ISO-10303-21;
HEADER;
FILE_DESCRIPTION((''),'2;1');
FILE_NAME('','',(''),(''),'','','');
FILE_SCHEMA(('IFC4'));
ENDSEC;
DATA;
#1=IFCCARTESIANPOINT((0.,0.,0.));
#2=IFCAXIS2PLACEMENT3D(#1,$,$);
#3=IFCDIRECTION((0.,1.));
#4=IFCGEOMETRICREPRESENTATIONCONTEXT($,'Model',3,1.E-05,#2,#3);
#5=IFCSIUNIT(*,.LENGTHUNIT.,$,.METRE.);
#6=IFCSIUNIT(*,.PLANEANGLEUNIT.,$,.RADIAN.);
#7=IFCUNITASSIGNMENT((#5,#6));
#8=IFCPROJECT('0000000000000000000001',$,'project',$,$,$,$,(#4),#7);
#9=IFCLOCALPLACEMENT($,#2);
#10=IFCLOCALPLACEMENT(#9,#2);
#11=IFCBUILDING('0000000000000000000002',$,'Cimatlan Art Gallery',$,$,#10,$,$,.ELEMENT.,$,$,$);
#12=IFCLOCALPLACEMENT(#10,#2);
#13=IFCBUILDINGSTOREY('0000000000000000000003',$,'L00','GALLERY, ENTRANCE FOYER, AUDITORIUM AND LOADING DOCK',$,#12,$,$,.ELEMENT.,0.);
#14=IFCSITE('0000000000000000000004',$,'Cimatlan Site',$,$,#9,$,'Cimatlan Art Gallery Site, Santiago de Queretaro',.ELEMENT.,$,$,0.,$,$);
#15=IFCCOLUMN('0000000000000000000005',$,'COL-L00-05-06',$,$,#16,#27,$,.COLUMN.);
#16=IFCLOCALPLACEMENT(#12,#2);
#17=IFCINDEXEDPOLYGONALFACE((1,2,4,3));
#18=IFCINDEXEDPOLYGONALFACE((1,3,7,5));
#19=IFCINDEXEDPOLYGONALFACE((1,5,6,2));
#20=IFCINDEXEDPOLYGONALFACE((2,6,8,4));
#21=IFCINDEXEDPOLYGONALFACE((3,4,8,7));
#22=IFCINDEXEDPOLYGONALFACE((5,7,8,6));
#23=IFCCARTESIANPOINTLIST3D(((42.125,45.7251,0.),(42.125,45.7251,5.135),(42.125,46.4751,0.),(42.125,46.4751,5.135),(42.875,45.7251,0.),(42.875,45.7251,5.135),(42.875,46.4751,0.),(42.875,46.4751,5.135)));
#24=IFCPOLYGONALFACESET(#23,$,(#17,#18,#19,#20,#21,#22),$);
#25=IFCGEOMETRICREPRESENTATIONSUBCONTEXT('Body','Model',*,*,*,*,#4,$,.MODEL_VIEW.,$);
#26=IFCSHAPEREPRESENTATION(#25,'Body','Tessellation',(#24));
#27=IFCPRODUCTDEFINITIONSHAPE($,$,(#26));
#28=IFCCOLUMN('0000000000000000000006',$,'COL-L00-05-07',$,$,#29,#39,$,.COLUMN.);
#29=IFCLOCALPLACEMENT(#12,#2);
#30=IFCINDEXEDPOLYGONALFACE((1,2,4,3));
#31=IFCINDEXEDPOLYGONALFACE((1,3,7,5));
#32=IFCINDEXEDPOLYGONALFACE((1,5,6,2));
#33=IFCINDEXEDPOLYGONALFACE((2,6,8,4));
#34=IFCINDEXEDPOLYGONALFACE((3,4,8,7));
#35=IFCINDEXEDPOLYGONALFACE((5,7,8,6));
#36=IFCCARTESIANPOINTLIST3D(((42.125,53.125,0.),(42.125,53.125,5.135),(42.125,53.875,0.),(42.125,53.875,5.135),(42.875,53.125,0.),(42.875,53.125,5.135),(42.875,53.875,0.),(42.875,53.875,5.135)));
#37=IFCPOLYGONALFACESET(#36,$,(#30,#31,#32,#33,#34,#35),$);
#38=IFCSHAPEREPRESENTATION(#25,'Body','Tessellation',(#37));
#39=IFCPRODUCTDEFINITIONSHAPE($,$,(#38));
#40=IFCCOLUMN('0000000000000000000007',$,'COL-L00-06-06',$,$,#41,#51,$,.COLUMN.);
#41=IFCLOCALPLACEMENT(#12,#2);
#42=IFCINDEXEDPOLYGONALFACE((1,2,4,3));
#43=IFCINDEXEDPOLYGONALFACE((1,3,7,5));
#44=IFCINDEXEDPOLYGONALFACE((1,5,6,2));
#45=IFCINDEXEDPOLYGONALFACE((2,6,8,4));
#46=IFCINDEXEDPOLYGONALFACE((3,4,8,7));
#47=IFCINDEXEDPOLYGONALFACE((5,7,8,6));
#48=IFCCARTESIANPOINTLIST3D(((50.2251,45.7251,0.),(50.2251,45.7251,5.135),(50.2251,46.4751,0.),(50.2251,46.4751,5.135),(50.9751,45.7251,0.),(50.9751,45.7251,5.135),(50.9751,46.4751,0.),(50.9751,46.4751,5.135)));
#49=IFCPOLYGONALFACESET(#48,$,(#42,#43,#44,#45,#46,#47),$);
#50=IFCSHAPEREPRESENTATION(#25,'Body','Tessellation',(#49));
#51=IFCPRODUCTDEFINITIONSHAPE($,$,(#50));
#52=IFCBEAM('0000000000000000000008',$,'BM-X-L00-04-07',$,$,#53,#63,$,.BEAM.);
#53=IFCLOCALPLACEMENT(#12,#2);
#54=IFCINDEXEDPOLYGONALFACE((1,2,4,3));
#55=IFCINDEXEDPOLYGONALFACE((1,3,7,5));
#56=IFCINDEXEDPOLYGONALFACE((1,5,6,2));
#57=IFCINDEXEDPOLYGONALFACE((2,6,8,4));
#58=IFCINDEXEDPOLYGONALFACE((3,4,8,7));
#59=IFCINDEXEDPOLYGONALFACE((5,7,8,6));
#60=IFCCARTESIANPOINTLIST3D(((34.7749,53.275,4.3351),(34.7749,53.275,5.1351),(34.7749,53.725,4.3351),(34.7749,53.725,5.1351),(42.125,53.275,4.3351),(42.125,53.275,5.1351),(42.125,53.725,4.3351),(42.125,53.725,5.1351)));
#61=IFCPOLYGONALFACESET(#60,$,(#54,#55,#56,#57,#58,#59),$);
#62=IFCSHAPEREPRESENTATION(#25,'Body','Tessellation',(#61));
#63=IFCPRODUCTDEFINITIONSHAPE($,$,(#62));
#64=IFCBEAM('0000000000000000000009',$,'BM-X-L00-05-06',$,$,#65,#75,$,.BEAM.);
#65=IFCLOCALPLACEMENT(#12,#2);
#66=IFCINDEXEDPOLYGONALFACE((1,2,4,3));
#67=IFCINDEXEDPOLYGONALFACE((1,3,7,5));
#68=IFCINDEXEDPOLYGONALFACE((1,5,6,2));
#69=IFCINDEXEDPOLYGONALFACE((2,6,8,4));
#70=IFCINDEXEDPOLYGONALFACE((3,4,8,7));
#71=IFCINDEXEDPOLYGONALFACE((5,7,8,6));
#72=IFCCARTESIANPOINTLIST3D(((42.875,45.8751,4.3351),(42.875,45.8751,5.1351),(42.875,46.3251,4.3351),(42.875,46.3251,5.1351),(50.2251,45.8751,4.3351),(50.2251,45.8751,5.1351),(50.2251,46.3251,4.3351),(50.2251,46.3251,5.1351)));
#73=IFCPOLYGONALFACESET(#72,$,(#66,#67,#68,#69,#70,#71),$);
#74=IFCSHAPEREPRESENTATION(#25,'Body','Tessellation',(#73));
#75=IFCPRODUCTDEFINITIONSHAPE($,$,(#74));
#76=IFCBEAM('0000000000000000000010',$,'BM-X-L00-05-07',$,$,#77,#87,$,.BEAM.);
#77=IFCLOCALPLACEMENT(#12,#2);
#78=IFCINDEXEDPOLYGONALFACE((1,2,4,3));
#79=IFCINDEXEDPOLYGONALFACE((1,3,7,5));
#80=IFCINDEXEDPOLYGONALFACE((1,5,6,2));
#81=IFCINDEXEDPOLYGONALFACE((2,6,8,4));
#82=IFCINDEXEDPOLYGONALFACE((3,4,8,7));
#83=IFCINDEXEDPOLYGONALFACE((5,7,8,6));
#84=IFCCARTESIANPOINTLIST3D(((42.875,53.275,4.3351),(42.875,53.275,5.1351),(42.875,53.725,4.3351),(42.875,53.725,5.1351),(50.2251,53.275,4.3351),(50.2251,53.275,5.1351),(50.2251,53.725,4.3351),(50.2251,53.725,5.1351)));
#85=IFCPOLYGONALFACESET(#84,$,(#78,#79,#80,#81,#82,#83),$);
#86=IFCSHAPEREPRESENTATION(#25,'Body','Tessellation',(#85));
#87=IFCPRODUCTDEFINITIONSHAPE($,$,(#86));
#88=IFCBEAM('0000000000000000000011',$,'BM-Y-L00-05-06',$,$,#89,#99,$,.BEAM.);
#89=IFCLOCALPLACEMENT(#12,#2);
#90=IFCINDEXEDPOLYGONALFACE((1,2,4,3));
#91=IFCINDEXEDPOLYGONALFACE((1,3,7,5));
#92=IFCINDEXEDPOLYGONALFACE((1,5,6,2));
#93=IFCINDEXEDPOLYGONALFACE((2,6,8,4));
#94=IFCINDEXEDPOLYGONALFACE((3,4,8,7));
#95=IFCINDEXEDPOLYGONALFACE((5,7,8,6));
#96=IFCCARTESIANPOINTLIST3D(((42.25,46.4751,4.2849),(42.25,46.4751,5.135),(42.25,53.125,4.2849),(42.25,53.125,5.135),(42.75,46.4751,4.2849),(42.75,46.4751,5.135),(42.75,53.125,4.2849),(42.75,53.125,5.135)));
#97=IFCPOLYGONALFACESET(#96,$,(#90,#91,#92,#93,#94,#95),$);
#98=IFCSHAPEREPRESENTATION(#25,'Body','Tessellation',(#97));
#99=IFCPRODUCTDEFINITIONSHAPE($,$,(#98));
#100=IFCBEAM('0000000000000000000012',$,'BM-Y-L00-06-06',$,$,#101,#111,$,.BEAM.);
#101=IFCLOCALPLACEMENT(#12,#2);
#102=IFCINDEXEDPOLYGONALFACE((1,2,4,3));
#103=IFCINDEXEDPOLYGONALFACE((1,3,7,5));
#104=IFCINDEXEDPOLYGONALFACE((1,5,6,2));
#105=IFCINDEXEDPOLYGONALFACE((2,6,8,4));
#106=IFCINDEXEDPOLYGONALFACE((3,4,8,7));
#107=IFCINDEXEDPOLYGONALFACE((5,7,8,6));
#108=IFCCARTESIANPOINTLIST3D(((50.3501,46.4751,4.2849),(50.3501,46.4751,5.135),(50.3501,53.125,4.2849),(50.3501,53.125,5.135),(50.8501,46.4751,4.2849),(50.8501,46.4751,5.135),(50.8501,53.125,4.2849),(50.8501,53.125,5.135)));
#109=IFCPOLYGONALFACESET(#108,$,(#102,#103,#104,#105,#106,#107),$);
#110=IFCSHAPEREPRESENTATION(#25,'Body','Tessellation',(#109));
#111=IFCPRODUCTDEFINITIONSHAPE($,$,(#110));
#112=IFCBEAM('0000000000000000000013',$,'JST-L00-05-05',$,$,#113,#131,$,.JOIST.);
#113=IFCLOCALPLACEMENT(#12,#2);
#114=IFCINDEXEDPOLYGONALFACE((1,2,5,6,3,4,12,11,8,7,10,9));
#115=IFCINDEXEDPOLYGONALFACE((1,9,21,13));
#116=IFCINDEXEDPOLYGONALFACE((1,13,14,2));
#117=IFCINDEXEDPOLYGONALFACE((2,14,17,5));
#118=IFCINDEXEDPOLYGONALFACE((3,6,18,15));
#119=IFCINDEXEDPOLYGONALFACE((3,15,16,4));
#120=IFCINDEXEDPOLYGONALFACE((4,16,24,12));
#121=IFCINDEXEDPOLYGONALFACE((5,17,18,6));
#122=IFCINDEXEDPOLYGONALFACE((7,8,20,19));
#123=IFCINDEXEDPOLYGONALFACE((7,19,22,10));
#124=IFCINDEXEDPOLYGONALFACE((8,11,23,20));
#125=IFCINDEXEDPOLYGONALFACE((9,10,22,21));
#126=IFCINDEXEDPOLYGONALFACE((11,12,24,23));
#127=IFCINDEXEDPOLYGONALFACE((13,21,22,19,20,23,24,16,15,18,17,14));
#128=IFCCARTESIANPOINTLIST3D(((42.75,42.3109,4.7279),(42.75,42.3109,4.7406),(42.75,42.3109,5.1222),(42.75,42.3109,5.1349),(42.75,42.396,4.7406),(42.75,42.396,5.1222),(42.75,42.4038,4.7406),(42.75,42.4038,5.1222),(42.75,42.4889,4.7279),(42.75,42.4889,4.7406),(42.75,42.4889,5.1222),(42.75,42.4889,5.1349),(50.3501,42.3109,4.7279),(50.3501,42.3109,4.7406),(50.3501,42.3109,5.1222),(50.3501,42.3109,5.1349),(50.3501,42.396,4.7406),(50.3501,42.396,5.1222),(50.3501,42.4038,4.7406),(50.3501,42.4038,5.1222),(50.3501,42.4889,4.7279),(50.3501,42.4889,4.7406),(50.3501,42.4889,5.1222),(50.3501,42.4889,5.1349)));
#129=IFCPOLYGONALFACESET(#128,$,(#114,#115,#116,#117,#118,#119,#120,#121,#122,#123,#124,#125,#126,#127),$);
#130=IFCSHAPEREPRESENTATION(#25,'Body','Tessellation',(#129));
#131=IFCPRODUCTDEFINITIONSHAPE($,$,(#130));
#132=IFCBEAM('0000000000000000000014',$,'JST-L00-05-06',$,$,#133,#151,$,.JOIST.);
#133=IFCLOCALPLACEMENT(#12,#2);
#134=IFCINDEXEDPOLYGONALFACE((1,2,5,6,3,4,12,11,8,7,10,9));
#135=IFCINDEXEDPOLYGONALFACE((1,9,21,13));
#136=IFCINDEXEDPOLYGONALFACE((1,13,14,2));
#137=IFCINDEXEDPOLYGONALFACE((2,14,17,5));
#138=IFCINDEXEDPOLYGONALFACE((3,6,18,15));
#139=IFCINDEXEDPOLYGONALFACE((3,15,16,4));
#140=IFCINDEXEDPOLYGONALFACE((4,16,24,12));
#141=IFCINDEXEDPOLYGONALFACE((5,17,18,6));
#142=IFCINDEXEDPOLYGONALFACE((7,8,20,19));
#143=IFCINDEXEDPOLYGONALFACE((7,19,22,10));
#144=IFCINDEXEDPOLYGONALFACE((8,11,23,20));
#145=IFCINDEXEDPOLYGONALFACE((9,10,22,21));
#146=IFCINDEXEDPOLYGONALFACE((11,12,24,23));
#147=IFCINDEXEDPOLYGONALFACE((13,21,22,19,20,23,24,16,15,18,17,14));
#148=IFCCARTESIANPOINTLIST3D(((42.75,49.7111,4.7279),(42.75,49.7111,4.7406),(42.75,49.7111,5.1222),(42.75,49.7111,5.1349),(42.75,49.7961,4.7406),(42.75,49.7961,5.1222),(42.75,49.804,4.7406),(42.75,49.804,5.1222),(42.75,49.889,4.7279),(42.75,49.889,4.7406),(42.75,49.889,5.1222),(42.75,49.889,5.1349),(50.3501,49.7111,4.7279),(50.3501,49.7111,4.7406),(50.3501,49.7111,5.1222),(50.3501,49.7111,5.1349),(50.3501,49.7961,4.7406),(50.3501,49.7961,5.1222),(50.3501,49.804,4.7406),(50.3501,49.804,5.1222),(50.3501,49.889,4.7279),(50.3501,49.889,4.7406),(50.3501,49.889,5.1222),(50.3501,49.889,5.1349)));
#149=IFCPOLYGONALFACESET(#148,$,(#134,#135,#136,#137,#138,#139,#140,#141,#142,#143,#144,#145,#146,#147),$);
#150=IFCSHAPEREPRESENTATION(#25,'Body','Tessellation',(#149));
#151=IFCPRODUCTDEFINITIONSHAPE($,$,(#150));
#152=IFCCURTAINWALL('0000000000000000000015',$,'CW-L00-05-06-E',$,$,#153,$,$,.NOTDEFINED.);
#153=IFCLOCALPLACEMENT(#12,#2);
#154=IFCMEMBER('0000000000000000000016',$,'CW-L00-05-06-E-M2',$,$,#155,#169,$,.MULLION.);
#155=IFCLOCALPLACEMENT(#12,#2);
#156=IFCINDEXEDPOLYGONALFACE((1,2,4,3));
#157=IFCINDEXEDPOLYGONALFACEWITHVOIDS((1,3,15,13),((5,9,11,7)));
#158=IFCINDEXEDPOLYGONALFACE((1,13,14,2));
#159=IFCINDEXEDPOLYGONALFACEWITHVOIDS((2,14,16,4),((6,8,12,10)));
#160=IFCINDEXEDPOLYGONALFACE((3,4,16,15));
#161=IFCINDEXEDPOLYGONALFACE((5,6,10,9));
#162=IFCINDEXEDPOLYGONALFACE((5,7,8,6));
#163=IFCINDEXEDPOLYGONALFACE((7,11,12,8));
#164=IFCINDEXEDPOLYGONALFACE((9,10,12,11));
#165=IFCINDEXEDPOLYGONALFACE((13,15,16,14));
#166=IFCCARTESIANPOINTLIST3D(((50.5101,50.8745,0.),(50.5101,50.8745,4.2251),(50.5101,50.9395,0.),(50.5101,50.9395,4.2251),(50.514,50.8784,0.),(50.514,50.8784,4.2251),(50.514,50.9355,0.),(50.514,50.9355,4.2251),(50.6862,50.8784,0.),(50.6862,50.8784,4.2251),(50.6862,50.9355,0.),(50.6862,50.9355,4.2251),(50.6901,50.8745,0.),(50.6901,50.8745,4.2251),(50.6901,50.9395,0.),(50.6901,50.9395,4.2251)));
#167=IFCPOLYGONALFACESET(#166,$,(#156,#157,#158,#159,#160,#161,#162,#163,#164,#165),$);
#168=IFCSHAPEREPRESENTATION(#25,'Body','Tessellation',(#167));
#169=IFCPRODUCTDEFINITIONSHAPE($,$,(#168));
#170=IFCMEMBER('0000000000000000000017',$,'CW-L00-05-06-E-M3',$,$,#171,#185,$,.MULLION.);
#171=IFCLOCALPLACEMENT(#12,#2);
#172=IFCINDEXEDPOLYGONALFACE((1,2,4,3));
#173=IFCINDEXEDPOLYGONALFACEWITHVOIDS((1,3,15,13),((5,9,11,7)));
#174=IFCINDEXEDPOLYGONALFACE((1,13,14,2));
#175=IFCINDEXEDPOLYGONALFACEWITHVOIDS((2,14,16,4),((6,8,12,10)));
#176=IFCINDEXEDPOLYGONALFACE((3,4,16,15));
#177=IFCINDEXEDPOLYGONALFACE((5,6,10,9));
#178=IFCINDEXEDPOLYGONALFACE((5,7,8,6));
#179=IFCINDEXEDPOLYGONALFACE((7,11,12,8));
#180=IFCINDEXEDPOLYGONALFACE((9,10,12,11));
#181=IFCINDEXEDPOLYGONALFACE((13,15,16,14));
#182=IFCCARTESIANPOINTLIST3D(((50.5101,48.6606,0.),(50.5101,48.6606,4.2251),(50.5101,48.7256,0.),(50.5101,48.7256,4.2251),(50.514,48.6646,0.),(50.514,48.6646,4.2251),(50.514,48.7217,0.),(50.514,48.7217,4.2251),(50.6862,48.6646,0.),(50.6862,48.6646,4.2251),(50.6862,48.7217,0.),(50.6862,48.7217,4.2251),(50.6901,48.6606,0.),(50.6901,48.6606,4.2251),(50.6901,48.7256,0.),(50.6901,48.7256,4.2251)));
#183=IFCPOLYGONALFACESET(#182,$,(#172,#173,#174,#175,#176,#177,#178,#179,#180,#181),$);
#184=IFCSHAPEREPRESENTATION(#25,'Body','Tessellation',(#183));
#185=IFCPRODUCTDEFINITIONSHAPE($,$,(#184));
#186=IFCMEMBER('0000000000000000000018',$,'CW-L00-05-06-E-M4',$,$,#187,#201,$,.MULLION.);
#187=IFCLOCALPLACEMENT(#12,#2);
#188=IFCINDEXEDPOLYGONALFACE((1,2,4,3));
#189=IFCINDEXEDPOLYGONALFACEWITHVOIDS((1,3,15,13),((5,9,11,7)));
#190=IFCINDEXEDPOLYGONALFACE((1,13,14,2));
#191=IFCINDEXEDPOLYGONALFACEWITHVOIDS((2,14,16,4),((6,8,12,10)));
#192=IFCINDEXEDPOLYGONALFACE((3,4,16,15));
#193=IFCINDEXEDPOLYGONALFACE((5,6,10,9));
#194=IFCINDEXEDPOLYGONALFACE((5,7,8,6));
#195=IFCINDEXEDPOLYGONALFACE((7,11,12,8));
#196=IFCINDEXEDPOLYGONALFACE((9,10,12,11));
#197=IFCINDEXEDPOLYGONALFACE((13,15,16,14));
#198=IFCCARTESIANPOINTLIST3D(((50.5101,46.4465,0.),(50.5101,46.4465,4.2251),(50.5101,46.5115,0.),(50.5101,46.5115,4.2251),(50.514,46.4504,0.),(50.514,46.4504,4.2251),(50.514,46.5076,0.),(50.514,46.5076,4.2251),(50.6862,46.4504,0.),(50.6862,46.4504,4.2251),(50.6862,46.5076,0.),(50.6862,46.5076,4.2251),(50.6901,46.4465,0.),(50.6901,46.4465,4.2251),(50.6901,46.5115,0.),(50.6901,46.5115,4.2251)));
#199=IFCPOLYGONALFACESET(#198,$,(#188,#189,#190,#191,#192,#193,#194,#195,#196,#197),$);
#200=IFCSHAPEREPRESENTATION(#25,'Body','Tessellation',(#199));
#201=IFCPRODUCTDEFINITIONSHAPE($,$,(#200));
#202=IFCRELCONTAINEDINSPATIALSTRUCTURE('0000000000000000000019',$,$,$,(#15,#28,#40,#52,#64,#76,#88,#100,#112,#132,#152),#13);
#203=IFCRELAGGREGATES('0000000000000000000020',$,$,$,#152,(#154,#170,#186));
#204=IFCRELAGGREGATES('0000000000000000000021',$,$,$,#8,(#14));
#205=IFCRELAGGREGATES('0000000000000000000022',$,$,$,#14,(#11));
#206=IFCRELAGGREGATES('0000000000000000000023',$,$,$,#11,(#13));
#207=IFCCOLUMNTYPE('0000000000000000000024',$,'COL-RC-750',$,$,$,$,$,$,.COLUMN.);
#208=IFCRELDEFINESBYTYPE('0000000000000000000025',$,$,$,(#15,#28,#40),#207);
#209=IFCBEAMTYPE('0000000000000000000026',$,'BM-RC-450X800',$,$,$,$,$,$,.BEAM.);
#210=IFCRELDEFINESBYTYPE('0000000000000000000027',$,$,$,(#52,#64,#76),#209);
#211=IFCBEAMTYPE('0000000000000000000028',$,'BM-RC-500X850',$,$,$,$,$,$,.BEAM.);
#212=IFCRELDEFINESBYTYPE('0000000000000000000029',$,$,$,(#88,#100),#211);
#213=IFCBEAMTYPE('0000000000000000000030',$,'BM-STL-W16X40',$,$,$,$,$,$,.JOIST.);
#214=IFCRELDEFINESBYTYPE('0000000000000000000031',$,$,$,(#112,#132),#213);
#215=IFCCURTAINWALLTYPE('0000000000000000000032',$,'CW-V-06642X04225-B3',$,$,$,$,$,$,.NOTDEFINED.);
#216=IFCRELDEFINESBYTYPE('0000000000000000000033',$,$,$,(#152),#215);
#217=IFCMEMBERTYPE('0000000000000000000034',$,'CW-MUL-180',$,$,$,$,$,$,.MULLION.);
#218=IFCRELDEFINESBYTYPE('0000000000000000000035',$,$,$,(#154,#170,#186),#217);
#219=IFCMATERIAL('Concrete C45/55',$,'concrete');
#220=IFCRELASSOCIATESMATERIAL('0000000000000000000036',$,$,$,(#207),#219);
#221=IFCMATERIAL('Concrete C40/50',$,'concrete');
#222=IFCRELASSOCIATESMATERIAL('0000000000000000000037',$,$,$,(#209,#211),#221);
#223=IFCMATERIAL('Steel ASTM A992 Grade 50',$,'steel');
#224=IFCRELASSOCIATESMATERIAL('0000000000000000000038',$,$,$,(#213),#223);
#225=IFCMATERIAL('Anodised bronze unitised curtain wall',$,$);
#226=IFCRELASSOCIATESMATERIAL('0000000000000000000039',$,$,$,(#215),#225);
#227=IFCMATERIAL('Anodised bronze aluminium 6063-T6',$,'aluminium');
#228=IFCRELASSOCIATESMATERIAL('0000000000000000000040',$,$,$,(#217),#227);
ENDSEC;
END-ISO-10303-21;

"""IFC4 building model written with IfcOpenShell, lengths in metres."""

from ifc_helpers import new_model, si_unit, direction, frame, origin, origin_2d, place, context, subcontext, project, spatial, rectangle, hollow_rectangle, i_section, extrude, material, material_profile, profile_set, type_object, element, aggregate, save


model = new_model("IFC4")

# Units and contexts
model_context = context("Model", 3, precision=1e-05, world=origin(), true_north=direction((0.0, 1.0)))
body_context = subcontext(model_context, "Body", "Model", "MODEL_VIEW")
ifc_project = project(units=[si_unit("LENGTHUNIT", "METRE"), si_unit("PLANEANGLEUNIT", "RADIAN")], contexts=[model_context])

# Site, building, storey
site_placement = place(None, origin())
site = spatial("IfcSite", under=ifc_project, at=site_placement, Name="Cimatlan Site", LongName="Cimatlan Art Gallery Site, Santiago de Queretaro", CompositionType="ELEMENT", RefElevation=0.0)
building_placement = place(site_placement, origin())
building = spatial("IfcBuilding", under=site, at=building_placement, Name="Cimatlan Art Gallery", CompositionType="ELEMENT")
storey_placement = place(building_placement, origin())
storey = spatial("IfcBuildingStorey", under=building, at=storey_placement, Name="L00", Description="GALLERY, ENTRANCE FOYER, AUDITORIUM AND LOADING DOCK", CompositionType="ELEMENT", Elevation=0.0)

# Columns
ifc_material_1 = material(Name="Concrete C45/55", Category="concrete")
ifc_material_profile_1 = material_profile(ifc_material_1, rectangle(XDim=0.75, YDim=0.75, at=origin_2d()), Name="RC750X750")
ifc_profile_set_1 = profile_set([ifc_material_profile_1], Name="Concrete C45/55")
column_type = type_object("IfcColumnType", Name="COL-RC-750", PredefinedType="COLUMN", material=ifc_profile_set_1)
for number, where, z_axis, x_axis, name in (
    (1, (42.5, 46.1001, 0.0), (0.0, 0.0, 1.0), (1.0, 0.0, 0.0), "COL-L00-05-06"),
    (2, (42.5, 53.5, 0.0), (0.0, 0.0, 1.0), (1.0, 0.0, 0.0), "COL-L00-05-07"),
    (3, (50.6001, 46.1001, 0.0), (0.0, 0.0, 1.0), (1.0, 0.0, 0.0), "COL-L00-06-06"),
):
    element("IfcColumn", number, at=place(storey_placement, frame(where, z_axis=z_axis, x_axis=x_axis)), inside=storey, type_object=column_type, Name=name, PredefinedType="COLUMN", context=body_context, shape_type="SweptSolid", body=[
        extrude(rectangle(XDim=0.75, YDim=0.75, at=origin_2d()), origin(), (0.0, 0.0, 1.0), 5.135),
    ])

# Beams
ifc_material_2 = material(Name="Concrete C40/50", Category="concrete")
ifc_material_profile_2 = material_profile(ifc_material_2, rectangle(XDim=0.45, YDim=0.8, at=origin_2d()), Name="RC450X800")
ifc_profile_set_2 = profile_set([ifc_material_profile_2], Name="Concrete C40/50")
beam_type_1 = type_object("IfcBeamType", Name="BM-RC-450X800", PredefinedType="BEAM", material=ifc_profile_set_2)
for number, where, z_axis, x_axis, name in (
    (4, (34.7749, 53.5, 4.7351), (1.0, 0.0, 0.0), (0.0, 1.0, 0.0), "BM-X-L00-04-07"),
    (5, (42.875, 46.1001, 4.7351), (1.0, 0.0, 0.0), (0.0, 1.0, 0.0), "BM-X-L00-05-06"),
    (6, (42.875, 53.5, 4.7351), (1.0, 0.0, 0.0), (0.0, 1.0, 0.0), "BM-X-L00-05-07"),
):
    element("IfcBeam", number, at=place(storey_placement, frame(where, z_axis=z_axis, x_axis=x_axis)), inside=storey, type_object=beam_type_1, Name=name, PredefinedType="BEAM", context=body_context, shape_type="SweptSolid", body=[
        extrude(rectangle(XDim=0.45, YDim=0.8, at=origin_2d()), origin(), (0.0, 0.0, 1.0), 7.3501),
    ])
ifc_material_profile_3 = material_profile(ifc_material_2, rectangle(XDim=0.5, YDim=0.8501, at=origin_2d()), Name="RC500X850")
ifc_profile_set_3 = profile_set([ifc_material_profile_3], Name="Concrete C40/50")
beam_type_2 = type_object("IfcBeamType", Name="BM-RC-500X850", PredefinedType="BEAM", material=ifc_profile_set_3)
for number, where, z_axis, x_axis, name in (
    (7, (42.5, 46.4751, 4.71), (0.0, 1.0, 0.0), (-1.0, 0.0, 0.0), "BM-Y-L00-05-06"),
    (8, (50.6001, 46.4751, 4.71), (0.0, 1.0, 0.0), (-1.0, 0.0, 0.0), "BM-Y-L00-06-06"),
):
    element("IfcBeam", number, at=place(storey_placement, frame(where, z_axis=z_axis, x_axis=x_axis)), inside=storey, type_object=beam_type_2, Name=name, PredefinedType="BEAM", context=body_context, shape_type="SweptSolid", body=[
        extrude(rectangle(XDim=0.5, YDim=0.8501, at=origin_2d()), origin(), (0.0, 0.0, 1.0), 6.6499),
    ])
ifc_material_3 = material(Name="Steel ASTM A992 Grade 50", Category="steel")
ifc_material_profile_4 = material_profile(ifc_material_3, i_section(OverallWidth=0.178, OverallDepth=0.407, WebThickness=0.0078, FlangeThickness=0.0127, at=origin_2d()), Name="W16X40")
ifc_profile_set_4 = profile_set([ifc_material_profile_4], Name="Steel ASTM A992 Grade 50")
beam_type_3 = type_object("IfcBeamType", Name="BM-STL-W16X40", PredefinedType="JOIST", material=ifc_profile_set_4)
for number, where, z_axis, x_axis, name in (
    (9, (42.75, 42.3999, 4.9314), (1.0, 0.0, 0.0), (0.0, 1.0, 0.0), "JST-L00-05-05"),
    (10, (42.75, 49.8, 4.9314), (1.0, 0.0, 0.0), (0.0, 1.0, 0.0), "JST-L00-05-06"),
):
    element("IfcBeam", number, at=place(storey_placement, frame(where, z_axis=z_axis, x_axis=x_axis)), inside=storey, type_object=beam_type_3, Name=name, PredefinedType="JOIST", context=body_context, shape_type="SweptSolid", body=[
        extrude(i_section(OverallWidth=0.178, OverallDepth=0.407, WebThickness=0.0078, FlangeThickness=0.0127, at=origin_2d()), origin(), (0.0, 0.0, 1.0), 7.6001),
    ])

# Curtain wall, members
ifc_material_4 = material(Name="Anodised bronze unitised curtain wall")
curtain_wall_type = type_object("IfcCurtainWallType", Name="CW-V-06642X04225-B3", PredefinedType="NOTDEFINED", material=ifc_material_4)
curtain_wall_placement = place(storey_placement, origin())
curtain_wall = element("IfcCurtainWall", 11, at=curtain_wall_placement, inside=storey, type_object=curtain_wall_type, Name="CW-L00-05-06-E", PredefinedType="NOTDEFINED")
ifc_material_5 = material(Name="Anodised bronze aluminium 6063-T6", Category="aluminium")
ifc_material_profile_5 = material_profile(ifc_material_5, hollow_rectangle(XDim=0.0649, YDim=0.1799, WallThickness=0.0039, at=origin_2d()), Name="ALU65X180X4")
ifc_profile_set_5 = profile_set([ifc_material_profile_5], Name="Anodised bronze aluminium 6063-T6")
member_type = type_object("IfcMemberType", Name="CW-MUL-180", PredefinedType="MULLION", material=ifc_profile_set_5)
member_1_placement = place(storey_placement, frame((50.6001, 50.907, 0.0), z_axis=(0.0, 0.0, 1.0), x_axis=(0.0, 1.0, 0.0)))
member_1 = element("IfcMember", 12, at=member_1_placement, type_object=member_type, Name="CW-L00-05-06-E-M2", PredefinedType="MULLION", context=body_context, shape_type="SweptSolid", body=[
    extrude(hollow_rectangle(XDim=0.0649, YDim=0.1799, WallThickness=0.0039, at=origin_2d()), origin(), (0.0, 0.0, 1.0), 4.2251),
])
member_2_placement = place(storey_placement, frame((50.6001, 48.6931, 0.0), z_axis=(0.0, 0.0, 1.0), x_axis=(0.0, 1.0, 0.0)))
member_2 = element("IfcMember", 13, at=member_2_placement, type_object=member_type, Name="CW-L00-05-06-E-M3", PredefinedType="MULLION", context=body_context, shape_type="SweptSolid", body=[
    extrude(hollow_rectangle(XDim=0.0649, YDim=0.1799, WallThickness=0.0039, at=origin_2d()), origin(), (0.0, 0.0, 1.0), 4.2251),
])
member_3_placement = place(storey_placement, frame((50.6001, 46.479, 0.0), z_axis=(0.0, 0.0, 1.0), x_axis=(0.0, 1.0, 0.0)))
member_3 = element("IfcMember", 14, at=member_3_placement, type_object=member_type, Name="CW-L00-05-06-E-M4", PredefinedType="MULLION", context=body_context, shape_type="SweptSolid", body=[
    extrude(hollow_rectangle(XDim=0.0649, YDim=0.1799, WallThickness=0.0039, at=origin_2d()), origin(), (0.0, 0.0, 1.0), 4.2251),
])
aggregate(curtain_wall, [member_1, member_2, member_3])

save(model, "model.ifc")
